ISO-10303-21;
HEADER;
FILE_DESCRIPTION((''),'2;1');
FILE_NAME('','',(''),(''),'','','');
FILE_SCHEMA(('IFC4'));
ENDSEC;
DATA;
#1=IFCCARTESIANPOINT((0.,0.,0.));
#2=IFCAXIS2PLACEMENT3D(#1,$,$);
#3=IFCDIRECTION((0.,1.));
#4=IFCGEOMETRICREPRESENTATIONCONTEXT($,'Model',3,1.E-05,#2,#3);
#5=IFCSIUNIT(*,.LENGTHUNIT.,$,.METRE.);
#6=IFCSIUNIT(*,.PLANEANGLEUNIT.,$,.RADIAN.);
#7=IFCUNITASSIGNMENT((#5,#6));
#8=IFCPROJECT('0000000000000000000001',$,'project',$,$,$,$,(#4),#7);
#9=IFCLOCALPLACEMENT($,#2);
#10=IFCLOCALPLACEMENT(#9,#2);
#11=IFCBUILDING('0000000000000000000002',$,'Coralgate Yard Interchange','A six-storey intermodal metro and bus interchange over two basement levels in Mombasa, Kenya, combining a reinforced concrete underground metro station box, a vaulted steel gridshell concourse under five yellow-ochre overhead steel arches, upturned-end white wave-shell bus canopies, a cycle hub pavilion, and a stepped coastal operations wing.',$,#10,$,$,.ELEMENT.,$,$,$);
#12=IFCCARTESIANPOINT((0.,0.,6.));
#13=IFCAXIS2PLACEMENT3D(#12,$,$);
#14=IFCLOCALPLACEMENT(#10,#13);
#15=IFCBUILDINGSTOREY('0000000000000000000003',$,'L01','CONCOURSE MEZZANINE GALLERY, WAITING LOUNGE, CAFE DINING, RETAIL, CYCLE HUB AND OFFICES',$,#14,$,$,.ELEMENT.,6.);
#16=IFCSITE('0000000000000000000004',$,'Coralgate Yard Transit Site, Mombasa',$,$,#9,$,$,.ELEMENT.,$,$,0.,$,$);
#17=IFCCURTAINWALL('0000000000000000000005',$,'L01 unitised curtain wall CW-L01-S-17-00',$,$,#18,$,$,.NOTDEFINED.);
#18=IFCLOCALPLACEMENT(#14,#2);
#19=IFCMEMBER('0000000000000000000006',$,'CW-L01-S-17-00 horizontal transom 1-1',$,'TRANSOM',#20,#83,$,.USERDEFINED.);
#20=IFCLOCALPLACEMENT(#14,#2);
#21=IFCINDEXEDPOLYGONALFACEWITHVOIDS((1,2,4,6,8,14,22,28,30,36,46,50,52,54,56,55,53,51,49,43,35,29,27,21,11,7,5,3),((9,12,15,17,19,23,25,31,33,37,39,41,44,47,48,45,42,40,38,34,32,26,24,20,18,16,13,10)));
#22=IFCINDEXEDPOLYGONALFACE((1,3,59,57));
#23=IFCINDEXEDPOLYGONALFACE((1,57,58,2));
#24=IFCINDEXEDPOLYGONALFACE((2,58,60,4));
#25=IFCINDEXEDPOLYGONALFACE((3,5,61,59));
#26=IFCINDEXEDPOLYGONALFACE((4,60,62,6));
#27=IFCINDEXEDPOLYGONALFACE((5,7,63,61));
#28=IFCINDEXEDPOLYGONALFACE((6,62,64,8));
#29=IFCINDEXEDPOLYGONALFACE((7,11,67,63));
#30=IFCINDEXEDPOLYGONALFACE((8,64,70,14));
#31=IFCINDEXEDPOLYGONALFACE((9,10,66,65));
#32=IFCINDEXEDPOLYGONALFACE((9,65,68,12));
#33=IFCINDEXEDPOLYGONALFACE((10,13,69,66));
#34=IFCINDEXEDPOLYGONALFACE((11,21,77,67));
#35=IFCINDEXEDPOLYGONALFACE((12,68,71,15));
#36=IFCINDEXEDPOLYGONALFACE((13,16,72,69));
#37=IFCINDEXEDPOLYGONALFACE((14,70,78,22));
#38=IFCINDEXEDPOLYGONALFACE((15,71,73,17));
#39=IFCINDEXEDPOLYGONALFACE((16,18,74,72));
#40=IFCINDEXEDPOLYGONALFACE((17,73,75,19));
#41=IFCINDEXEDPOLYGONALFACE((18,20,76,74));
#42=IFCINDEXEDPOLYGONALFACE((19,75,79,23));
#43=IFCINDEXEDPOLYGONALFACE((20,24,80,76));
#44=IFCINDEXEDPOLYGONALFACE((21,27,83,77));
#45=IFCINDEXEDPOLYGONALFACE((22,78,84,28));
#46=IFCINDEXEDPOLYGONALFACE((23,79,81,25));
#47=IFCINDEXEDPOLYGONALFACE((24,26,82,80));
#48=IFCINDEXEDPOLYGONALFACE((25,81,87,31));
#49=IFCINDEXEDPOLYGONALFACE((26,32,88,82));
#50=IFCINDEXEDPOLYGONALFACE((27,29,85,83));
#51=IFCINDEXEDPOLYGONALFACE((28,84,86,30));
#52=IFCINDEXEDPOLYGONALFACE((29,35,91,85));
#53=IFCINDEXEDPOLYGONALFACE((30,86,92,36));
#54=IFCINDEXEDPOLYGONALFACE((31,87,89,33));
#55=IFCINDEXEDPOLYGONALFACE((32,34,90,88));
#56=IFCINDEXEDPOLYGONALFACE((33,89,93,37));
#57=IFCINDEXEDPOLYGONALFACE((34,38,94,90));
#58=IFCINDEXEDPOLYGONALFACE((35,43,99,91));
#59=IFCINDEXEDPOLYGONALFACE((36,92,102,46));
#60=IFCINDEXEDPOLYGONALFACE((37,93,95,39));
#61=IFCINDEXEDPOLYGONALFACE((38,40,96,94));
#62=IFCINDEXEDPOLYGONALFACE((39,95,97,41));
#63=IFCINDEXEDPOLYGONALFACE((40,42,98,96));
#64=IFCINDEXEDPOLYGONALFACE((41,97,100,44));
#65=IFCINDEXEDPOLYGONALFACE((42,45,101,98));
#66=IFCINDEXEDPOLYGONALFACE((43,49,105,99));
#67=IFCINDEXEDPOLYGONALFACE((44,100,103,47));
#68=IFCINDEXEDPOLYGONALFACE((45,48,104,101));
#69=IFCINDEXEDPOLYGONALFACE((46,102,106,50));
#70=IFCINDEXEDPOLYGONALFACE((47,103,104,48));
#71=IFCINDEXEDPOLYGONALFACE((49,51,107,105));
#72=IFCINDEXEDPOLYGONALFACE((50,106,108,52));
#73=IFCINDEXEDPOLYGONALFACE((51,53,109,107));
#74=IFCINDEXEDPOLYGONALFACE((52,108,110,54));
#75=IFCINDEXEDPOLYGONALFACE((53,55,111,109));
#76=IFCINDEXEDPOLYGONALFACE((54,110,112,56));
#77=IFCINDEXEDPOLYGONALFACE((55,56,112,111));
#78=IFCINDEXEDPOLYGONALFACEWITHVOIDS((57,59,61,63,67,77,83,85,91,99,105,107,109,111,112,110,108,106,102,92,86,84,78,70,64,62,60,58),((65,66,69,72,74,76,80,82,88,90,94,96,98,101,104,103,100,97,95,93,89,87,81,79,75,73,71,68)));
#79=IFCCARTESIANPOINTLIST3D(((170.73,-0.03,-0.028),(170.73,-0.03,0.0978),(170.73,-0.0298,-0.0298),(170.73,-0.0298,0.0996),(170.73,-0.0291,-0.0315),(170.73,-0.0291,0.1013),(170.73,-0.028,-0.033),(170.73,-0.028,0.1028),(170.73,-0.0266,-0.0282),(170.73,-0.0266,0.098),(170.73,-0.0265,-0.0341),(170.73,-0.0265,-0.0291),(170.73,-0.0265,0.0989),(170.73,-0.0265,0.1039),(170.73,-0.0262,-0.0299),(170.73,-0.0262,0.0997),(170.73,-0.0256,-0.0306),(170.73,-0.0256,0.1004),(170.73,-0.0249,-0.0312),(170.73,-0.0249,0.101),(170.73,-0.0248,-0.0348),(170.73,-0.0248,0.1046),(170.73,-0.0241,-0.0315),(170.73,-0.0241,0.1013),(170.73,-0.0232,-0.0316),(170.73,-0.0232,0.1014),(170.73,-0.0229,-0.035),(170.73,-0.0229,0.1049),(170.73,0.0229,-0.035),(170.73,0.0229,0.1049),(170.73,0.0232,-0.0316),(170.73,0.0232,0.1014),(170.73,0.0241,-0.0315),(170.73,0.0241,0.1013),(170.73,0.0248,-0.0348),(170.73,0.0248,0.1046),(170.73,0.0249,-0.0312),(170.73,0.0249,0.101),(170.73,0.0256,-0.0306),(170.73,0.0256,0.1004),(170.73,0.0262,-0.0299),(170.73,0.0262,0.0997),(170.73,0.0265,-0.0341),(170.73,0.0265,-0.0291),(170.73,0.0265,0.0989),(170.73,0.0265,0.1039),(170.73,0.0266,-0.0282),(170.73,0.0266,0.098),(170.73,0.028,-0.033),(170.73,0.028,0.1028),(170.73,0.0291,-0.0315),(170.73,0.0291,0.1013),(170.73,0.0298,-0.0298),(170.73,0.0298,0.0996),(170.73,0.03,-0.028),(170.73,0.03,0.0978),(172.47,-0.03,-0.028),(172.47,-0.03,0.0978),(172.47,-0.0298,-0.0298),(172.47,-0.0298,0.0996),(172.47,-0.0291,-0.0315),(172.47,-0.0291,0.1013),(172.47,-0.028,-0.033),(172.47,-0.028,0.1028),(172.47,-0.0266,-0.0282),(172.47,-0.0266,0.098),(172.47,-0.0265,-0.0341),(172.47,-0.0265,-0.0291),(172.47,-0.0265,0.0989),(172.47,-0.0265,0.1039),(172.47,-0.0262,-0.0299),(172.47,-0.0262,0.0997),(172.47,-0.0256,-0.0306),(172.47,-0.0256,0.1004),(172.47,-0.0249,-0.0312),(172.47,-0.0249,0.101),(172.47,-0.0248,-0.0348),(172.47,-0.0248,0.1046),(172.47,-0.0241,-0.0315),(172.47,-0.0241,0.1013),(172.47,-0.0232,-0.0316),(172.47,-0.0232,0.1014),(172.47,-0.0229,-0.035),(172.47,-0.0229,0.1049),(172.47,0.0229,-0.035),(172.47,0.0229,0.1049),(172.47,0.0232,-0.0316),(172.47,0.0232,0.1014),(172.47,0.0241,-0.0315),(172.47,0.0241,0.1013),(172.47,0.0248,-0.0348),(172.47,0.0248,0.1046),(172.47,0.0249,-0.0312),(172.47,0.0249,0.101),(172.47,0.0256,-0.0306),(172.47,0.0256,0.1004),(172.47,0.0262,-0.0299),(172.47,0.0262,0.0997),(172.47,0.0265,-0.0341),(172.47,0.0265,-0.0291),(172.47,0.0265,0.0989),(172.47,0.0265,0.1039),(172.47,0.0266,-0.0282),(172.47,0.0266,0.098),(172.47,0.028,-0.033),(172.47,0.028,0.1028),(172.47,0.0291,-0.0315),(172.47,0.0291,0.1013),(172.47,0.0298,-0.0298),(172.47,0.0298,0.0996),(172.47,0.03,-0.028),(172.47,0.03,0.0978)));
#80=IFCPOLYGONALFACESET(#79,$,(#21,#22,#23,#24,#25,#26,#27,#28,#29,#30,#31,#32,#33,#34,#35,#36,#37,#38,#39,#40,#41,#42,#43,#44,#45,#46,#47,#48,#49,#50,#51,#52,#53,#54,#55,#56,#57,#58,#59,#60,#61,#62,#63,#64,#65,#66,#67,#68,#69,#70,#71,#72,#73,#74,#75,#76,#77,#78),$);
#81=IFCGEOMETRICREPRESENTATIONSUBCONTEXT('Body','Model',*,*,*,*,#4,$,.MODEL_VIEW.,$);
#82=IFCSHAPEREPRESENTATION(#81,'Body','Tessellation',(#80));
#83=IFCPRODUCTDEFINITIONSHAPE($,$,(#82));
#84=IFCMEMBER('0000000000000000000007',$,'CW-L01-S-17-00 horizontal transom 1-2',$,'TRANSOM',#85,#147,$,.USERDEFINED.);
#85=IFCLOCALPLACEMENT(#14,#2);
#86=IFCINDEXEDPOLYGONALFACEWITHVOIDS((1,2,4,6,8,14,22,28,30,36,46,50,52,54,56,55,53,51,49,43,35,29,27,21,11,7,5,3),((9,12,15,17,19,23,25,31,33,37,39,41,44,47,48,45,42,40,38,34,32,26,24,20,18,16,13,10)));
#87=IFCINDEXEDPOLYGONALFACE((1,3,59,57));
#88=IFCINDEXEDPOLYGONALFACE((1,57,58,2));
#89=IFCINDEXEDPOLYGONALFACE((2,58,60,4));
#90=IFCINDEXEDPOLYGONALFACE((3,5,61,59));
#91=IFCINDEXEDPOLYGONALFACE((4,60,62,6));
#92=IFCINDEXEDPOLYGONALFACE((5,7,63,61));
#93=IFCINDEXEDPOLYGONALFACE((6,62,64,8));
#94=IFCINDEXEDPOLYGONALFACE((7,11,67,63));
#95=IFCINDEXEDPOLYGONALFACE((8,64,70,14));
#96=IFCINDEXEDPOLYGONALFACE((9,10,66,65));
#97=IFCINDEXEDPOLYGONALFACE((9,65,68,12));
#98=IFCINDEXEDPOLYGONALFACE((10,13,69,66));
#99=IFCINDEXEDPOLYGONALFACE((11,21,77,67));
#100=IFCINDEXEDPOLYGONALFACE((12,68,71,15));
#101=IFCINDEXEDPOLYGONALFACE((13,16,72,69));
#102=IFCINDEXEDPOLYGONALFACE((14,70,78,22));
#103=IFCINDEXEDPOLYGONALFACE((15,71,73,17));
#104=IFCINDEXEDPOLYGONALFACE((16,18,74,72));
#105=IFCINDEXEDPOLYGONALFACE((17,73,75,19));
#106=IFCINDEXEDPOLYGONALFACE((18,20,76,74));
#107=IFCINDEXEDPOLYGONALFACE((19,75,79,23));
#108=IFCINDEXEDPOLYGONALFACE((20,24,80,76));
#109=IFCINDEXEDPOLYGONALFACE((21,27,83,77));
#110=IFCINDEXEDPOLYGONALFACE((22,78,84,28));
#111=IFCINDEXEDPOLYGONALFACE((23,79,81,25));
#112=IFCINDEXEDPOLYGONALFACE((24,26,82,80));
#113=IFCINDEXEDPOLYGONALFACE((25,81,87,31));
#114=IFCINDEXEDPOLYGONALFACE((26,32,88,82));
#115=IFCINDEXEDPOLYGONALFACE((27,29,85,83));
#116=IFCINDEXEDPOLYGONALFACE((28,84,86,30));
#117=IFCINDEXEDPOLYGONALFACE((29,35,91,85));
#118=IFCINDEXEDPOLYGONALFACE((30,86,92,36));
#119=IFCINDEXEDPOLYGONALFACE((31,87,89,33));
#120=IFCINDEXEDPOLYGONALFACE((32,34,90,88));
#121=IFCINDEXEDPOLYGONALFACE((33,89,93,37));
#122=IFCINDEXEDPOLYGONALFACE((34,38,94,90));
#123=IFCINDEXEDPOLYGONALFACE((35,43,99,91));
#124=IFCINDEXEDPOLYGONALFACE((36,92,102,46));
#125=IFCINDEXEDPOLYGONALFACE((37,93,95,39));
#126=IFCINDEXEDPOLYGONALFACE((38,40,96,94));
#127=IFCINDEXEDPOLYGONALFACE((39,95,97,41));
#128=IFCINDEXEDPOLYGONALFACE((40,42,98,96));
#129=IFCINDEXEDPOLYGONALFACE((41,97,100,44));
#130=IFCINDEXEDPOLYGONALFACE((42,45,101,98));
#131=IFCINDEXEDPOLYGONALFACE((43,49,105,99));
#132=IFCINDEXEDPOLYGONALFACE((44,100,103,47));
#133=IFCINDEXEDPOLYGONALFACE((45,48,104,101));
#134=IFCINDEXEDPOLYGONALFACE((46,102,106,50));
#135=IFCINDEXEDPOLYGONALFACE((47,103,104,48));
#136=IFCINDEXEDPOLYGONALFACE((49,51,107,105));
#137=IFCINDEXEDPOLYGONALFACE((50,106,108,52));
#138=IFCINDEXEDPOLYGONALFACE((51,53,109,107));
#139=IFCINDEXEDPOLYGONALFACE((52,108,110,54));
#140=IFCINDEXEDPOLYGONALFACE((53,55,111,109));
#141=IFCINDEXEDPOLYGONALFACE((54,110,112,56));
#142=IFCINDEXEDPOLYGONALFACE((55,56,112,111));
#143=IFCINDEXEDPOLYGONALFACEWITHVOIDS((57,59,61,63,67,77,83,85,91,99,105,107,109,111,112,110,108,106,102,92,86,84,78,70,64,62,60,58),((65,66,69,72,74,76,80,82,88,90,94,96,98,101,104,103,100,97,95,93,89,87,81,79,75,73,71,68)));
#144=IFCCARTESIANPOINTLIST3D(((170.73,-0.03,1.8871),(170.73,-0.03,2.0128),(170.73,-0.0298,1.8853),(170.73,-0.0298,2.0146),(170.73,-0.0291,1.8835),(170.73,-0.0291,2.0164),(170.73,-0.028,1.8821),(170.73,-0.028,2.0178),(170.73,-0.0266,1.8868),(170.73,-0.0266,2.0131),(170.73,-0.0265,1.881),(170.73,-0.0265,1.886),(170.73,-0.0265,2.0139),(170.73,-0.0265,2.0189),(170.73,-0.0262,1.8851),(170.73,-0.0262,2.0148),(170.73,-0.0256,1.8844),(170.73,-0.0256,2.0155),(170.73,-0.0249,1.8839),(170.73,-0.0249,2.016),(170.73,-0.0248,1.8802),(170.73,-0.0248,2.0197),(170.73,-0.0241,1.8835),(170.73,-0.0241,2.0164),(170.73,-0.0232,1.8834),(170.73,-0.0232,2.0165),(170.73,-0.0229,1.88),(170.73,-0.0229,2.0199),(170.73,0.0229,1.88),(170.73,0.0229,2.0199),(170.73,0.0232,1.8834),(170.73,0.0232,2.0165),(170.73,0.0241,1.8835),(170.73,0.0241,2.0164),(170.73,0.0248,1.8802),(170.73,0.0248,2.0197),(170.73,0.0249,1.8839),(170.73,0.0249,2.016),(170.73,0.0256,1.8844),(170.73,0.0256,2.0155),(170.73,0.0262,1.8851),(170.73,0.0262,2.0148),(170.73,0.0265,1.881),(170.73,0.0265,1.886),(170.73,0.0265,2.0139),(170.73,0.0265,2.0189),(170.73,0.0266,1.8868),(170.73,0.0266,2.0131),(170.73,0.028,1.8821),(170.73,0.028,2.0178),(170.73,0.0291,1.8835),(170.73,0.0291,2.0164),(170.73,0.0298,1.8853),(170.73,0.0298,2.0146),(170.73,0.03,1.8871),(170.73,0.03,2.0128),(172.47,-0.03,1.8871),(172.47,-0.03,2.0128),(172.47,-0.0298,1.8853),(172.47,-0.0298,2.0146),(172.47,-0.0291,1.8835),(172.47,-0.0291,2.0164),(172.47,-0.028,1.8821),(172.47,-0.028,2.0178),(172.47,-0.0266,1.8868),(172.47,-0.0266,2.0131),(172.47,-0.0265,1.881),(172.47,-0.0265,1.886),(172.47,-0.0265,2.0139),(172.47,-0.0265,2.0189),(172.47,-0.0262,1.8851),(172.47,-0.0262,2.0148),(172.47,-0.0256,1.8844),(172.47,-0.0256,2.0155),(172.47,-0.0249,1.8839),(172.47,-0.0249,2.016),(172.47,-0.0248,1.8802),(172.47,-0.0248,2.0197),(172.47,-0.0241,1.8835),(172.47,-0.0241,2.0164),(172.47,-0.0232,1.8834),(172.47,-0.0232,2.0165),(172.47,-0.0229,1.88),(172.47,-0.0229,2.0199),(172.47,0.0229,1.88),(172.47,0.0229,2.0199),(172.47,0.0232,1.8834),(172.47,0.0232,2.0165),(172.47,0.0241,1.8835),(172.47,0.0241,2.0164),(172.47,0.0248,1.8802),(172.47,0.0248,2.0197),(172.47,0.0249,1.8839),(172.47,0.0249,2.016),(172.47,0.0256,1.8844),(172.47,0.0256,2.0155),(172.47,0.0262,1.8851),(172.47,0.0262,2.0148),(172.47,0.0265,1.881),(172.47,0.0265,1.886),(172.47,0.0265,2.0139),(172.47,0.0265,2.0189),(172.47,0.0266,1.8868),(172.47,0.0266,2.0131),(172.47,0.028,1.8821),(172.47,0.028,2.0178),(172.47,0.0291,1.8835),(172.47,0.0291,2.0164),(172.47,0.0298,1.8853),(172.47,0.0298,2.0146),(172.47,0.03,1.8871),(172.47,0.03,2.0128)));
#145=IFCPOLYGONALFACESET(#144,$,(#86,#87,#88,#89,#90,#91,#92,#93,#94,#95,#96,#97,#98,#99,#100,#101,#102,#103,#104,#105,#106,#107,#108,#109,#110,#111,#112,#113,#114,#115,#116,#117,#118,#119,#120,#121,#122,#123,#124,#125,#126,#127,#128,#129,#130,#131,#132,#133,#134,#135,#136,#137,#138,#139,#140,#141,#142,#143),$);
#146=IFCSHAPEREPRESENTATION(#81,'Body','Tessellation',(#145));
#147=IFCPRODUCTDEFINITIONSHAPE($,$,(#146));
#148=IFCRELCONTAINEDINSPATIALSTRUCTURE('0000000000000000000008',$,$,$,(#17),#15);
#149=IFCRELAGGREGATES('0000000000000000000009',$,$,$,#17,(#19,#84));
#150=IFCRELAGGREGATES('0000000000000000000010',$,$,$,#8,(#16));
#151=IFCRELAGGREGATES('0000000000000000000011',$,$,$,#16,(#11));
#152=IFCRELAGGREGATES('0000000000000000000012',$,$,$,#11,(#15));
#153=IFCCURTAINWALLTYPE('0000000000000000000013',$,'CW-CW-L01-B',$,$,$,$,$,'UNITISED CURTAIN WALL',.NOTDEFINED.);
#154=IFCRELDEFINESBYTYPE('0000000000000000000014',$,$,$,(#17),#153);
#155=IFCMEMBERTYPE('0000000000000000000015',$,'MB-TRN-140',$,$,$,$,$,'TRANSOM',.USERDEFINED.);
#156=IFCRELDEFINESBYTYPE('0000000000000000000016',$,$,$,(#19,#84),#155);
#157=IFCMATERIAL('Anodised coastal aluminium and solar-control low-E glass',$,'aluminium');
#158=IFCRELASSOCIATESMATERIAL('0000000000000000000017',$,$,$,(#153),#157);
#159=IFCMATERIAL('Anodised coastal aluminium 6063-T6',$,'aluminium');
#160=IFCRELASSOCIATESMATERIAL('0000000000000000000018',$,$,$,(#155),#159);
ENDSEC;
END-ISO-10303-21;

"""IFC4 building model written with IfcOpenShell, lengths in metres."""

from ifc_helpers import new_model, si_unit, direction, frame, origin, origin_2d, place, context, subcontext, project, spatial, hollow_rectangle, extrude, material, material_profile, profile_set, type_object, element, aggregate, save


model = new_model("IFC4")

# Units and contexts
model_context = context("Model", 3, precision=1e-05, world=origin(), true_north=direction((0.0, 1.0)))
body_context = subcontext(model_context, "Body", "Model", "MODEL_VIEW")
ifc_project = project(units=[si_unit("LENGTHUNIT", "METRE"), si_unit("PLANEANGLEUNIT", "RADIAN")], contexts=[model_context])

# Site, building, storey
site_placement = place(None, origin())
site = spatial("IfcSite", under=ifc_project, at=site_placement, Name="Coralgate Yard Transit Site, Mombasa", CompositionType="ELEMENT", RefElevation=0.0)
building_placement = place(site_placement, origin())
building = spatial("IfcBuilding", under=site, at=building_placement, Name="Coralgate Yard Interchange", Description="A six-storey intermodal metro and bus interchange over two basement levels in Mombasa, Kenya, combining a reinforced concrete underground metro station box, a vaulted steel gridshell concourse under five yellow-ochre overhead steel arches, upturned-end white wave-shell bus canopies, a cycle hub pavilion, and a stepped coastal operations wing.", CompositionType="ELEMENT")
storey_placement = place(building_placement, frame((0.0, 0.0, 6.0)))
storey = spatial("IfcBuildingStorey", under=building, at=storey_placement, Name="L01", Description="CONCOURSE MEZZANINE GALLERY, WAITING LOUNGE, CAFE DINING, RETAIL, CYCLE HUB AND OFFICES", CompositionType="ELEMENT", Elevation=6.0)

# Curtain wall, members
ifc_material_1 = material(Name="Anodised coastal aluminium and solar-control low-E glass", Category="aluminium")
curtain_wall_type = type_object("IfcCurtainWallType", Name="CW-CW-L01-B", ElementType="UNITISED CURTAIN WALL", PredefinedType="NOTDEFINED", material=ifc_material_1)
curtain_wall_placement = place(storey_placement, origin())
curtain_wall = element("IfcCurtainWall", 1, at=curtain_wall_placement, inside=storey, type_object=curtain_wall_type, Name="L01 unitised curtain wall CW-L01-S-17-00", PredefinedType="NOTDEFINED")
ifc_material_2 = material(Name="Anodised coastal aluminium 6063-T6", Category="aluminium")
ifc_material_profile_1 = material_profile(ifc_material_2, hollow_rectangle(XDim=0.0601, YDim=0.1399, WallThickness=0.0034, InnerFilletRadius=0.0034, OuterFilletRadius=0.0071, at=origin_2d()), Name="ALU 60x140x3.5")
ifc_profile_set_1 = profile_set([ifc_material_profile_1], Name="Anodised coastal aluminium 6063-T6")
member_type_1 = type_object("IfcMemberType", Name="MB-TRN-140", ElementType="TRANSOM", PredefinedType="USERDEFINED", material=ifc_profile_set_1)
member_1_placement = place(storey_placement, frame((172.47, 0.0, 0.0349), z_axis=(-1.0, 0.0, 0.0), x_axis=(0.0, -1.0, 0.0)))
member_1 = element("IfcMember", 2, at=member_1_placement, type_object=member_type_1, Name="CW-L01-S-17-00 horizontal transom 1-1", ObjectType="TRANSOM", PredefinedType="USERDEFINED", context=body_context, shape_type="SweptSolid", body=[
    extrude(hollow_rectangle(XDim=0.0601, YDim=0.1399, WallThickness=0.0034, InnerFilletRadius=0.0034, OuterFilletRadius=0.0071, at=origin_2d()), origin(), (0.0, 0.0, 1.0), 1.74),
])
member_2_placement = place(storey_placement, frame((172.47, 0.0, 1.95), z_axis=(-1.0, 0.0, 0.0), x_axis=(0.0, -1.0, 0.0)))
member_2 = element("IfcMember", 3, at=member_2_placement, type_object=member_type_1, Name="CW-L01-S-17-00 horizontal transom 1-2", ObjectType="TRANSOM", PredefinedType="USERDEFINED", context=body_context, shape_type="SweptSolid", body=[
    extrude(hollow_rectangle(XDim=0.0601, YDim=0.1399, WallThickness=0.0034, InnerFilletRadius=0.0034, OuterFilletRadius=0.0071, at=origin_2d()), origin(), (0.0, 0.0, 1.0), 1.74),
])
aggregate(curtain_wall, [member_1, member_2])

save(model, "model.ifc")
